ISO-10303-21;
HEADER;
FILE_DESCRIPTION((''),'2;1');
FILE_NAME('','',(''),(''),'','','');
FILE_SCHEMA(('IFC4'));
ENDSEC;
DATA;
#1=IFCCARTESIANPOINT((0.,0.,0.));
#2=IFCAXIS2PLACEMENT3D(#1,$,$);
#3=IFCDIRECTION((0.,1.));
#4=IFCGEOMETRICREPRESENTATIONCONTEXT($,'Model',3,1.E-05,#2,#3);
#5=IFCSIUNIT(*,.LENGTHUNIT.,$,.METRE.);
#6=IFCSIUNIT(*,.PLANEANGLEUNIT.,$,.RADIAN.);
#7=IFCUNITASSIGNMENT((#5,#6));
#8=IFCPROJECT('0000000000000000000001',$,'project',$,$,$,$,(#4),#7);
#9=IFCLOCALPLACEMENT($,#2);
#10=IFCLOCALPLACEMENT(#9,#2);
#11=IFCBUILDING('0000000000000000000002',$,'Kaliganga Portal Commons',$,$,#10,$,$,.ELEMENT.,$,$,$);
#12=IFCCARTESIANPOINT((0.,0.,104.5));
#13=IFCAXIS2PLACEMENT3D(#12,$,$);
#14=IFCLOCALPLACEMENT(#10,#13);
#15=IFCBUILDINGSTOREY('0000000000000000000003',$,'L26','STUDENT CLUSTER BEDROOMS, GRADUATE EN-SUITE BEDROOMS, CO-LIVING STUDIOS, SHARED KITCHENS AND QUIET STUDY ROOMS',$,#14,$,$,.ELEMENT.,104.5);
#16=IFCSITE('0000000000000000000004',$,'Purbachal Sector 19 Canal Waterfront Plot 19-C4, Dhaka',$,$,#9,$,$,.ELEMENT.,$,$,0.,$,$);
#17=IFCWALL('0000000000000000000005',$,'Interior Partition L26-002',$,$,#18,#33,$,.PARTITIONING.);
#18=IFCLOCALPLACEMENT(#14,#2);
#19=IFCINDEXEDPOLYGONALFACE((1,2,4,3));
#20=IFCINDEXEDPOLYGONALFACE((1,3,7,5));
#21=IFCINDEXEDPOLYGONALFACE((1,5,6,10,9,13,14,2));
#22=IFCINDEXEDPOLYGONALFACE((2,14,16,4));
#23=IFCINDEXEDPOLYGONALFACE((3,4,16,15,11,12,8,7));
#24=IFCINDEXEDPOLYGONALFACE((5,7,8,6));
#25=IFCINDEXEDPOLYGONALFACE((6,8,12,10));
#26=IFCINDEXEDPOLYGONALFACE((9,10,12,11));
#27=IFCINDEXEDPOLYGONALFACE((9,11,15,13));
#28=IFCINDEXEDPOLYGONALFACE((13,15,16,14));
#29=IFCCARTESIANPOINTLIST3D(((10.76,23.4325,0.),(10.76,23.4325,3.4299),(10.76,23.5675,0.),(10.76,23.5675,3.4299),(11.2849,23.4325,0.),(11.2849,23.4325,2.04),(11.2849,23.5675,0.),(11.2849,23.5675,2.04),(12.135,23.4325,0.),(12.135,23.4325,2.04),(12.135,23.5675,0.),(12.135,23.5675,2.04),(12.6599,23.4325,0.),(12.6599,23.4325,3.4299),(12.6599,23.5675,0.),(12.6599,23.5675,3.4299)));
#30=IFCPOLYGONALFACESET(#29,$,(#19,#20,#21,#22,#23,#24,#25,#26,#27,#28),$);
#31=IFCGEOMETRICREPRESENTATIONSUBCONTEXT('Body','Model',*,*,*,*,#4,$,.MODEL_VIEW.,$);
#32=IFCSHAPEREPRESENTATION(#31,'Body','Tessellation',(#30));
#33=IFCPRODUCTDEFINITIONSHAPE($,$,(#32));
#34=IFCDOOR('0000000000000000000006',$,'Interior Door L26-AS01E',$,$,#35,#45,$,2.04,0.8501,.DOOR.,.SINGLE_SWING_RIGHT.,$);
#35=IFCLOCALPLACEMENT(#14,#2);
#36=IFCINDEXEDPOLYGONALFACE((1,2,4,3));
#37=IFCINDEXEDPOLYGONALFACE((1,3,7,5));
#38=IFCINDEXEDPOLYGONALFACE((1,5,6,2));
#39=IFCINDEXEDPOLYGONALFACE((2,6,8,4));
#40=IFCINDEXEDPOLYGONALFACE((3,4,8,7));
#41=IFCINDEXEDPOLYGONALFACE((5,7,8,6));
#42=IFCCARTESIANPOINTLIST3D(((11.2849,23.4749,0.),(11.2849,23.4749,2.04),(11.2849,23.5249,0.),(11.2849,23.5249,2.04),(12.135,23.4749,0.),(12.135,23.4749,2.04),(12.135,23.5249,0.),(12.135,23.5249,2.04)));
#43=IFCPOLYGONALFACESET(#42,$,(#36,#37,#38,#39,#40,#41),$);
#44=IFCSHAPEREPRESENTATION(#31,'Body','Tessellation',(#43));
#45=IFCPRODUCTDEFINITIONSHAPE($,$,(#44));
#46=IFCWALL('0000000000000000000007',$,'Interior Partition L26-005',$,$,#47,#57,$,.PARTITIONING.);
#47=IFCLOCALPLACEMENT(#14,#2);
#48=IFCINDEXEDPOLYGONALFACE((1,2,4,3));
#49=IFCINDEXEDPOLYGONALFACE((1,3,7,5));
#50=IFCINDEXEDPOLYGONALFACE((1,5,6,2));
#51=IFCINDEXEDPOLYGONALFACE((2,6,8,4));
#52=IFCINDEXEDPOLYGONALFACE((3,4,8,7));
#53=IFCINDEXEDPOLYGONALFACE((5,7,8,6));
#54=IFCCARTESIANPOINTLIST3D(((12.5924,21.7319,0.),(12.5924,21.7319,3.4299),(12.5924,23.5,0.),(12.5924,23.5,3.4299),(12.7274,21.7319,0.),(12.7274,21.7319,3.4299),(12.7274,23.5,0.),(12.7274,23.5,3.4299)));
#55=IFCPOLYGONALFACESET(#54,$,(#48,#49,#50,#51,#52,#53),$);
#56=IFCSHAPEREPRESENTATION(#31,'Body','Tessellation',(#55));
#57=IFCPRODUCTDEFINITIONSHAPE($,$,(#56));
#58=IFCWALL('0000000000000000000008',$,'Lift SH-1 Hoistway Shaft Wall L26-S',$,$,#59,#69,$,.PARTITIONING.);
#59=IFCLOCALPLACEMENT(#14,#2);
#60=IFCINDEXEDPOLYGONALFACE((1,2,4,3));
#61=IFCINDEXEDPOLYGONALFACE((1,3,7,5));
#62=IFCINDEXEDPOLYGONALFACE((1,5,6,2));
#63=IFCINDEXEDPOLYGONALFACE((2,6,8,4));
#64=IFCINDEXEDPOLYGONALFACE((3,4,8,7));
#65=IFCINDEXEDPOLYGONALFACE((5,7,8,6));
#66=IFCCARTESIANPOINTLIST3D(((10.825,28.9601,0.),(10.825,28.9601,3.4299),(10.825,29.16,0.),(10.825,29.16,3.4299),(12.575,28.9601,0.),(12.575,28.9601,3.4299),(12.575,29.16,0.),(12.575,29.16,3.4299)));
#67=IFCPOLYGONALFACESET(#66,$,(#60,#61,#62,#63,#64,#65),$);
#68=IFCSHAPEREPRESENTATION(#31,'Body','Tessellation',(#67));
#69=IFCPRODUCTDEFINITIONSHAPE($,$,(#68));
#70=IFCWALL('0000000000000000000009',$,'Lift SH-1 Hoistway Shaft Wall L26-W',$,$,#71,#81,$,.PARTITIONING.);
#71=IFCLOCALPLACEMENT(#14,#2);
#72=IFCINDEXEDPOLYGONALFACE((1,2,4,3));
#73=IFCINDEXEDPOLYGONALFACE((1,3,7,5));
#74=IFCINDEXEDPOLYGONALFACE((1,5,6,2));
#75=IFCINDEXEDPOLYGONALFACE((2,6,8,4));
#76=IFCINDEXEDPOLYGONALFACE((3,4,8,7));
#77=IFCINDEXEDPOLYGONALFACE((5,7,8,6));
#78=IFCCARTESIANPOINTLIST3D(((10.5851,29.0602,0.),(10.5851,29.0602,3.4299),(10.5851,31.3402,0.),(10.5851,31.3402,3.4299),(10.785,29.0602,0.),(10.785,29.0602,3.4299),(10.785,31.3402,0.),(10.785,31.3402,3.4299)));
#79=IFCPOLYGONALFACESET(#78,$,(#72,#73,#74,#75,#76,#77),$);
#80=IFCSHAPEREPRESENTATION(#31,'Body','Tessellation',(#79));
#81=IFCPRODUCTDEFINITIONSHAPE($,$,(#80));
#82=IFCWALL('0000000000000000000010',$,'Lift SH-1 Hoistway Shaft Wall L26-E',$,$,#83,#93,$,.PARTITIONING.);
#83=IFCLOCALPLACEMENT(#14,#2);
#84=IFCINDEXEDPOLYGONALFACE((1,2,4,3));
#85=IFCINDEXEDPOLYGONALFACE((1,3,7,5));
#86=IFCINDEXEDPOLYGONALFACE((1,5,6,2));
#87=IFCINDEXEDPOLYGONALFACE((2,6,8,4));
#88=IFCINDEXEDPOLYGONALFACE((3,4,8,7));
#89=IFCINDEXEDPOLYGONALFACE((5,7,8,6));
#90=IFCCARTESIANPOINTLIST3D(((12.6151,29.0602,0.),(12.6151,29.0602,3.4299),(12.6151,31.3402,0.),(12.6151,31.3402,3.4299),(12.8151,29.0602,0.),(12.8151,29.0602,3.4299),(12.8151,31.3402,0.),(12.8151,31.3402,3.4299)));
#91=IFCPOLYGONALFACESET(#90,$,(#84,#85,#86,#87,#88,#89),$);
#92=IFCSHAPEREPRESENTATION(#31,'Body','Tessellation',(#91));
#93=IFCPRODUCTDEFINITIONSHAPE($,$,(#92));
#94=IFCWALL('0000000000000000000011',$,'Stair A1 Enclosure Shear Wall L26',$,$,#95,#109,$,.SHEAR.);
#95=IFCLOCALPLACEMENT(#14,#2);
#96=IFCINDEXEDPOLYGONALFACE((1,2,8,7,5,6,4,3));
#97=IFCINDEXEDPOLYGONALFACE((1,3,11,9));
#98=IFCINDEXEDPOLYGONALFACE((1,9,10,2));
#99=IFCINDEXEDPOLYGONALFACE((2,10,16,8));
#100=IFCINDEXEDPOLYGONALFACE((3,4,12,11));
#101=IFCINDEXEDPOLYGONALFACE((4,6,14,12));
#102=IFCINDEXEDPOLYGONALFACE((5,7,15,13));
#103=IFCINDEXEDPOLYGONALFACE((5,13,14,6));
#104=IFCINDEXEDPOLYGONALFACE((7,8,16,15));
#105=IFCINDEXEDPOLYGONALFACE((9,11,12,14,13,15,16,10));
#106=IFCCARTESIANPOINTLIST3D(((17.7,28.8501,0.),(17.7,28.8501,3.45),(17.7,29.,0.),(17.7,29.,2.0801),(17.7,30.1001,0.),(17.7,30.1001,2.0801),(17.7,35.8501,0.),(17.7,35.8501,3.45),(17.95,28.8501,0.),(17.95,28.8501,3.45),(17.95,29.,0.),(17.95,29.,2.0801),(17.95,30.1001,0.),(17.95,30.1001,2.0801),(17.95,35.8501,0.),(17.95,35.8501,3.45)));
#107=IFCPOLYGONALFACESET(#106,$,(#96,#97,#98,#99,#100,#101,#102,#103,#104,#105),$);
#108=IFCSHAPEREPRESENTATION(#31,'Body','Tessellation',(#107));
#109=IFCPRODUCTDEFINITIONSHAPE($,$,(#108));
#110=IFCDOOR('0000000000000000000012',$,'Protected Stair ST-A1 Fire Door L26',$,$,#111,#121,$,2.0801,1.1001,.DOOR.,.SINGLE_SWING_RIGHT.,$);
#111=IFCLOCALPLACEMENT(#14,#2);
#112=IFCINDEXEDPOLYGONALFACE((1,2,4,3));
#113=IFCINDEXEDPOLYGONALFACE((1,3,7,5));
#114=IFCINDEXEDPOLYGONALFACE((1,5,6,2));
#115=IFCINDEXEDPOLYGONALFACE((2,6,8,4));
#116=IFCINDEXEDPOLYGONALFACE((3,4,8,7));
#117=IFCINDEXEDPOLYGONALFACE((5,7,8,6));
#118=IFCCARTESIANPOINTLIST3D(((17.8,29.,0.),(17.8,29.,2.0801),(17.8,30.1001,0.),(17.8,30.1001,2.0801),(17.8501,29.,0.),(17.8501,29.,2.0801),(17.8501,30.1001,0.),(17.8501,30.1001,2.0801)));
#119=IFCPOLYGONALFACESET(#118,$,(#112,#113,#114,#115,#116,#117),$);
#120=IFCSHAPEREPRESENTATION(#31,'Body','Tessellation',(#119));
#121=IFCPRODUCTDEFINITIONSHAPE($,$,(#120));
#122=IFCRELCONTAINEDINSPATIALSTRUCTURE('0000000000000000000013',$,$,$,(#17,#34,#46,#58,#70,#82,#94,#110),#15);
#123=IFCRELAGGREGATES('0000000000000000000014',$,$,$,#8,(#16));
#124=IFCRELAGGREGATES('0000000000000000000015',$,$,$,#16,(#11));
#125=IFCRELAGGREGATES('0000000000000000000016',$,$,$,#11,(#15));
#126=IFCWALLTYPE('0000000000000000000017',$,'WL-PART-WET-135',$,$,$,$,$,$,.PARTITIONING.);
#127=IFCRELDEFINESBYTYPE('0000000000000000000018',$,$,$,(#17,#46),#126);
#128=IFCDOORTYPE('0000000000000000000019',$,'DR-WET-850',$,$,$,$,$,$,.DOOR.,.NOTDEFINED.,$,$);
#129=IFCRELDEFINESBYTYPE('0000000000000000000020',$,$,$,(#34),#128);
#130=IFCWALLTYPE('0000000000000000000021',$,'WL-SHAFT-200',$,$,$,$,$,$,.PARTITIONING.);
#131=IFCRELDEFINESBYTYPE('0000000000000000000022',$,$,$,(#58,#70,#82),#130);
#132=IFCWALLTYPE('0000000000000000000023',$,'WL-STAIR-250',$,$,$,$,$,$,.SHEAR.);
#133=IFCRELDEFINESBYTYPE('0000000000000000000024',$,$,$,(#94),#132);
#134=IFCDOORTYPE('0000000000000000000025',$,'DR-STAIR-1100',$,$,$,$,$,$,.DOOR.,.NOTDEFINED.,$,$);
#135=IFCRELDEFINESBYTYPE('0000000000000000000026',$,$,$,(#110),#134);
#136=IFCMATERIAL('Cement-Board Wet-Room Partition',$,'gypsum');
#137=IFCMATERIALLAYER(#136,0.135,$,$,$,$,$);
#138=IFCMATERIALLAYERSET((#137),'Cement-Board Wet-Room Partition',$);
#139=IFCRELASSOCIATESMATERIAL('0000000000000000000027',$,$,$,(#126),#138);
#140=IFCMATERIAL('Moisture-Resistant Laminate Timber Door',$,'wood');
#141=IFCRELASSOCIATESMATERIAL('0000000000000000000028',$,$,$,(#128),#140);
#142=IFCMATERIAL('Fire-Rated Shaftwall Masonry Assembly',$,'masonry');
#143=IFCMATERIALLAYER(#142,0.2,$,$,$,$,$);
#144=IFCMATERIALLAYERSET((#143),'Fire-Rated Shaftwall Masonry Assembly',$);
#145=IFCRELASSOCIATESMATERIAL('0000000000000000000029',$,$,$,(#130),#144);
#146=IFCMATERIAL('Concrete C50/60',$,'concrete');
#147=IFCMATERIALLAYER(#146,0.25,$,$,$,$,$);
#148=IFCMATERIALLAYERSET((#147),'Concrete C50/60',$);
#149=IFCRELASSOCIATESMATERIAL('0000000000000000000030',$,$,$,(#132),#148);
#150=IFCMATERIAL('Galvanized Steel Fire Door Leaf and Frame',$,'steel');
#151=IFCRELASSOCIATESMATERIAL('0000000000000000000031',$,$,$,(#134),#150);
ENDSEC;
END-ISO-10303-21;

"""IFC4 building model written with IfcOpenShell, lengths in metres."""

from ifc_helpers import new_model, si_unit, direction, frame, frame_2d, origin, place, context, subcontext, project, spatial, rectangle, extrude, material, layer, layer_set, type_object, element, fill, save


model = new_model("IFC4")

# Units and contexts
model_context = context("Model", 3, precision=1e-05, world=origin(), true_north=direction((0.0, 1.0)))
body_context = subcontext(model_context, "Body", "Model", "MODEL_VIEW")
ifc_project = project(units=[si_unit("LENGTHUNIT", "METRE"), si_unit("PLANEANGLEUNIT", "RADIAN")], contexts=[model_context])

# Site, building, storey
site_placement = place(None, origin())
site = spatial("IfcSite", under=ifc_project, at=site_placement, Name="Purbachal Sector 19 Canal Waterfront Plot 19-C4, Dhaka", CompositionType="ELEMENT", RefElevation=0.0)
building_placement = place(site_placement, origin())
building = spatial("IfcBuilding", under=site, at=building_placement, Name="Kaliganga Portal Commons", CompositionType="ELEMENT")
storey_placement = place(building_placement, frame((0.0, 0.0, 104.5)))
storey = spatial("IfcBuildingStorey", under=building, at=storey_placement, Name="L26", Description="STUDENT CLUSTER BEDROOMS, GRADUATE EN-SUITE BEDROOMS, CO-LIVING STUDIOS, SHARED KITCHENS AND QUIET STUDY ROOMS", CompositionType="ELEMENT", Elevation=104.5)

# Shared definitions
ifc_material_1 = material(Name="Concrete C50/60", Category="concrete")

# Wall, opening, door
ifc_material_2 = material(Name="Cement-Board Wet-Room Partition", Category="gypsum")
ifc_layer_1 = layer(ifc_material_2, 0.135)
ifc_layer_set_1 = layer_set([ifc_layer_1], Name="Cement-Board Wet-Room Partition")
wall_type_1 = type_object("IfcWallType", Name="WL-PART-WET-135", PredefinedType="PARTITIONING", material=ifc_layer_set_1)
wall_1_placement = place(storey_placement, frame((10.76, 23.5, 0.0), z_axis=(0.0, 0.0, 1.0), x_axis=(1.0, 0.0, 0.0)))
wall_1 = element("IfcWall", 1, at=wall_1_placement, inside=storey, type_object=wall_type_1, Name="Interior Partition L26-002", PredefinedType="PARTITIONING", context=body_context, shape_type="SweptSolid", body=[
    extrude(rectangle(XDim=1.8999, YDim=0.135, at=frame_2d((0.95, 0.0))), origin(), (0.0, 0.0, 1.0), 3.4299),
])
opening_1_placement = place(wall_1_placement, frame((0.5249, 0.0, 0.0)))
opening_1 = element("IfcOpeningElement", 2, at=opening_1_placement, cuts=wall_1, PredefinedType="OPENING", context=body_context, shape_type="SweptSolid", body=[
    extrude(rectangle(XDim=0.8501, YDim=2.04, at=frame_2d((0.425, 1.02))), frame((0.0, 0.0776, 0.0), z_axis=(0.0, -1.0, 0.0), x_axis=(1.0, 0.0, 0.0)), (0.0, 0.0, 1.0), 0.155),
])
ifc_material_3 = material(Name="Moisture-Resistant Laminate Timber Door", Category="wood")
door_type_1 = type_object("IfcDoorType", Name="DR-WET-850", OperationType="NOTDEFINED", PredefinedType="DOOR", material=ifc_material_3)
door_1_placement = place(opening_1_placement, origin())
door_1 = element("IfcDoor", 3, at=door_1_placement, inside=storey, type_object=door_type_1, Name="Interior Door L26-AS01E", OperationType="SINGLE_SWING_RIGHT", OverallHeight=2.04, OverallWidth=0.8501, PredefinedType="DOOR", context=body_context, shape_type="SweptSolid", body=[
    extrude(rectangle(XDim=0.8501, YDim=2.04, at=frame_2d((0.425, 1.02))), frame((0.0, 0.0249, 0.0), z_axis=(0.0, -1.0, 0.0), x_axis=(1.0, 0.0, 0.0)), (0.0, 0.0, 1.0), 0.05),
])
fill(opening_1, door_1)

# Walls
wall_2_placement = place(storey_placement, frame((12.6599, 21.7319, 0.0), z_axis=(0.0, 0.0, 1.0), x_axis=(0.0, 1.0, 0.0)))
element("IfcWall", 4, at=wall_2_placement, inside=storey, type_object=wall_type_1, Name="Interior Partition L26-005", PredefinedType="PARTITIONING", context=body_context, shape_type="SweptSolid", body=[
    extrude(rectangle(XDim=1.7681, YDim=0.135, at=frame_2d((0.884, 0.0))), origin(), (0.0, 0.0, 1.0), 3.4299),
])
ifc_material_4 = material(Name="Fire-Rated Shaftwall Masonry Assembly", Category="masonry")
ifc_layer_2 = layer(ifc_material_4, 0.2)
ifc_layer_set_2 = layer_set([ifc_layer_2], Name="Fire-Rated Shaftwall Masonry Assembly")
wall_type_2 = type_object("IfcWallType", Name="WL-SHAFT-200", PredefinedType="PARTITIONING", material=ifc_layer_set_2)
wall_3_placement = place(storey_placement, frame((10.825, 29.0601, 0.0), z_axis=(0.0, 0.0, 1.0), x_axis=(1.0, 0.0, 0.0)))
element("IfcWall", 5, at=wall_3_placement, inside=storey, type_object=wall_type_2, Name="Lift SH-1 Hoistway Shaft Wall L26-S", PredefinedType="PARTITIONING", context=body_context, shape_type="SweptSolid", body=[
    extrude(rectangle(XDim=1.75, YDim=0.2, at=frame_2d((0.875, 0.0))), origin(), (0.0, 0.0, 1.0), 3.4299),
])
for number, where, z_axis, x_axis, name in (
    (6, (10.6851, 29.0601, 0.0), (0.0, 0.0, 1.0), (0.0, 1.0, 0.0), "Lift SH-1 Hoistway Shaft Wall L26-W"),
    (7, (12.7151, 29.0601, 0.0), (0.0, 0.0, 1.0), (0.0, 1.0, 0.0), "Lift SH-1 Hoistway Shaft Wall L26-E"),
):
    element("IfcWall", number, at=place(storey_placement, frame(where, z_axis=z_axis, x_axis=x_axis)), inside=storey, type_object=wall_type_2, Name=name, PredefinedType="PARTITIONING", context=body_context, shape_type="SweptSolid", body=[
        extrude(rectangle(XDim=2.28, YDim=0.2, at=frame_2d((1.1401, 0.0))), origin(), (0.0, 0.0, 1.0), 3.4299),
    ])

# Wall, opening, door
ifc_layer_3 = layer(ifc_material_1, 0.25)
ifc_layer_set_3 = layer_set([ifc_layer_3], Name="Concrete C50/60")
wall_type_3 = type_object("IfcWallType", Name="WL-STAIR-250", PredefinedType="SHEAR", material=ifc_layer_set_3)
wall_4_placement = place(storey_placement, frame((17.825, 28.8501, 0.0), z_axis=(0.0, 0.0, 1.0), x_axis=(0.0, 1.0, 0.0)))
wall_4 = element("IfcWall", 8, at=wall_4_placement, inside=storey, type_object=wall_type_3, Name="Stair A1 Enclosure Shear Wall L26", PredefinedType="SHEAR", context=body_context, shape_type="SweptSolid", body=[
    extrude(rectangle(XDim=7.0, YDim=0.25, at=frame_2d((3.5, 0.0))), origin(), (0.0, 0.0, 1.0), 3.45),
])
opening_2_placement = place(wall_4_placement, frame((0.1499, 0.0, 0.0)))
opening_2 = element("IfcOpeningElement", 9, at=opening_2_placement, cuts=wall_4, PredefinedType="OPENING", context=body_context, shape_type="SweptSolid", body=[
    extrude(rectangle(XDim=1.1001, YDim=2.0801, at=frame_2d((0.55, 1.04))), frame((0.0, 0.135, 0.0), z_axis=(0.0, -1.0, 0.0), x_axis=(1.0, 0.0, 0.0)), (0.0, 0.0, 1.0), 0.27),
])
ifc_material_5 = material(Name="Galvanized Steel Fire Door Leaf and Frame", Category="steel")
door_type_2 = type_object("IfcDoorType", Name="DR-STAIR-1100", OperationType="NOTDEFINED", PredefinedType="DOOR", material=ifc_material_5)
door_2_placement = place(opening_2_placement, origin())
door_2 = element("IfcDoor", 10, at=door_2_placement, inside=storey, type_object=door_type_2, Name="Protected Stair ST-A1 Fire Door L26", OperationType="SINGLE_SWING_RIGHT", OverallHeight=2.0801, OverallWidth=1.1001, PredefinedType="DOOR", context=body_context, shape_type="SweptSolid", body=[
    extrude(rectangle(XDim=1.1001, YDim=2.0801, at=frame_2d((0.55, 1.04))), frame((0.0, 0.0249, 0.0), z_axis=(0.0, -1.0, 0.0), x_axis=(1.0, 0.0, 0.0)), (0.0, 0.0, 1.0), 0.05),
])
fill(opening_2, door_2)

save(model, "model.ifc")
